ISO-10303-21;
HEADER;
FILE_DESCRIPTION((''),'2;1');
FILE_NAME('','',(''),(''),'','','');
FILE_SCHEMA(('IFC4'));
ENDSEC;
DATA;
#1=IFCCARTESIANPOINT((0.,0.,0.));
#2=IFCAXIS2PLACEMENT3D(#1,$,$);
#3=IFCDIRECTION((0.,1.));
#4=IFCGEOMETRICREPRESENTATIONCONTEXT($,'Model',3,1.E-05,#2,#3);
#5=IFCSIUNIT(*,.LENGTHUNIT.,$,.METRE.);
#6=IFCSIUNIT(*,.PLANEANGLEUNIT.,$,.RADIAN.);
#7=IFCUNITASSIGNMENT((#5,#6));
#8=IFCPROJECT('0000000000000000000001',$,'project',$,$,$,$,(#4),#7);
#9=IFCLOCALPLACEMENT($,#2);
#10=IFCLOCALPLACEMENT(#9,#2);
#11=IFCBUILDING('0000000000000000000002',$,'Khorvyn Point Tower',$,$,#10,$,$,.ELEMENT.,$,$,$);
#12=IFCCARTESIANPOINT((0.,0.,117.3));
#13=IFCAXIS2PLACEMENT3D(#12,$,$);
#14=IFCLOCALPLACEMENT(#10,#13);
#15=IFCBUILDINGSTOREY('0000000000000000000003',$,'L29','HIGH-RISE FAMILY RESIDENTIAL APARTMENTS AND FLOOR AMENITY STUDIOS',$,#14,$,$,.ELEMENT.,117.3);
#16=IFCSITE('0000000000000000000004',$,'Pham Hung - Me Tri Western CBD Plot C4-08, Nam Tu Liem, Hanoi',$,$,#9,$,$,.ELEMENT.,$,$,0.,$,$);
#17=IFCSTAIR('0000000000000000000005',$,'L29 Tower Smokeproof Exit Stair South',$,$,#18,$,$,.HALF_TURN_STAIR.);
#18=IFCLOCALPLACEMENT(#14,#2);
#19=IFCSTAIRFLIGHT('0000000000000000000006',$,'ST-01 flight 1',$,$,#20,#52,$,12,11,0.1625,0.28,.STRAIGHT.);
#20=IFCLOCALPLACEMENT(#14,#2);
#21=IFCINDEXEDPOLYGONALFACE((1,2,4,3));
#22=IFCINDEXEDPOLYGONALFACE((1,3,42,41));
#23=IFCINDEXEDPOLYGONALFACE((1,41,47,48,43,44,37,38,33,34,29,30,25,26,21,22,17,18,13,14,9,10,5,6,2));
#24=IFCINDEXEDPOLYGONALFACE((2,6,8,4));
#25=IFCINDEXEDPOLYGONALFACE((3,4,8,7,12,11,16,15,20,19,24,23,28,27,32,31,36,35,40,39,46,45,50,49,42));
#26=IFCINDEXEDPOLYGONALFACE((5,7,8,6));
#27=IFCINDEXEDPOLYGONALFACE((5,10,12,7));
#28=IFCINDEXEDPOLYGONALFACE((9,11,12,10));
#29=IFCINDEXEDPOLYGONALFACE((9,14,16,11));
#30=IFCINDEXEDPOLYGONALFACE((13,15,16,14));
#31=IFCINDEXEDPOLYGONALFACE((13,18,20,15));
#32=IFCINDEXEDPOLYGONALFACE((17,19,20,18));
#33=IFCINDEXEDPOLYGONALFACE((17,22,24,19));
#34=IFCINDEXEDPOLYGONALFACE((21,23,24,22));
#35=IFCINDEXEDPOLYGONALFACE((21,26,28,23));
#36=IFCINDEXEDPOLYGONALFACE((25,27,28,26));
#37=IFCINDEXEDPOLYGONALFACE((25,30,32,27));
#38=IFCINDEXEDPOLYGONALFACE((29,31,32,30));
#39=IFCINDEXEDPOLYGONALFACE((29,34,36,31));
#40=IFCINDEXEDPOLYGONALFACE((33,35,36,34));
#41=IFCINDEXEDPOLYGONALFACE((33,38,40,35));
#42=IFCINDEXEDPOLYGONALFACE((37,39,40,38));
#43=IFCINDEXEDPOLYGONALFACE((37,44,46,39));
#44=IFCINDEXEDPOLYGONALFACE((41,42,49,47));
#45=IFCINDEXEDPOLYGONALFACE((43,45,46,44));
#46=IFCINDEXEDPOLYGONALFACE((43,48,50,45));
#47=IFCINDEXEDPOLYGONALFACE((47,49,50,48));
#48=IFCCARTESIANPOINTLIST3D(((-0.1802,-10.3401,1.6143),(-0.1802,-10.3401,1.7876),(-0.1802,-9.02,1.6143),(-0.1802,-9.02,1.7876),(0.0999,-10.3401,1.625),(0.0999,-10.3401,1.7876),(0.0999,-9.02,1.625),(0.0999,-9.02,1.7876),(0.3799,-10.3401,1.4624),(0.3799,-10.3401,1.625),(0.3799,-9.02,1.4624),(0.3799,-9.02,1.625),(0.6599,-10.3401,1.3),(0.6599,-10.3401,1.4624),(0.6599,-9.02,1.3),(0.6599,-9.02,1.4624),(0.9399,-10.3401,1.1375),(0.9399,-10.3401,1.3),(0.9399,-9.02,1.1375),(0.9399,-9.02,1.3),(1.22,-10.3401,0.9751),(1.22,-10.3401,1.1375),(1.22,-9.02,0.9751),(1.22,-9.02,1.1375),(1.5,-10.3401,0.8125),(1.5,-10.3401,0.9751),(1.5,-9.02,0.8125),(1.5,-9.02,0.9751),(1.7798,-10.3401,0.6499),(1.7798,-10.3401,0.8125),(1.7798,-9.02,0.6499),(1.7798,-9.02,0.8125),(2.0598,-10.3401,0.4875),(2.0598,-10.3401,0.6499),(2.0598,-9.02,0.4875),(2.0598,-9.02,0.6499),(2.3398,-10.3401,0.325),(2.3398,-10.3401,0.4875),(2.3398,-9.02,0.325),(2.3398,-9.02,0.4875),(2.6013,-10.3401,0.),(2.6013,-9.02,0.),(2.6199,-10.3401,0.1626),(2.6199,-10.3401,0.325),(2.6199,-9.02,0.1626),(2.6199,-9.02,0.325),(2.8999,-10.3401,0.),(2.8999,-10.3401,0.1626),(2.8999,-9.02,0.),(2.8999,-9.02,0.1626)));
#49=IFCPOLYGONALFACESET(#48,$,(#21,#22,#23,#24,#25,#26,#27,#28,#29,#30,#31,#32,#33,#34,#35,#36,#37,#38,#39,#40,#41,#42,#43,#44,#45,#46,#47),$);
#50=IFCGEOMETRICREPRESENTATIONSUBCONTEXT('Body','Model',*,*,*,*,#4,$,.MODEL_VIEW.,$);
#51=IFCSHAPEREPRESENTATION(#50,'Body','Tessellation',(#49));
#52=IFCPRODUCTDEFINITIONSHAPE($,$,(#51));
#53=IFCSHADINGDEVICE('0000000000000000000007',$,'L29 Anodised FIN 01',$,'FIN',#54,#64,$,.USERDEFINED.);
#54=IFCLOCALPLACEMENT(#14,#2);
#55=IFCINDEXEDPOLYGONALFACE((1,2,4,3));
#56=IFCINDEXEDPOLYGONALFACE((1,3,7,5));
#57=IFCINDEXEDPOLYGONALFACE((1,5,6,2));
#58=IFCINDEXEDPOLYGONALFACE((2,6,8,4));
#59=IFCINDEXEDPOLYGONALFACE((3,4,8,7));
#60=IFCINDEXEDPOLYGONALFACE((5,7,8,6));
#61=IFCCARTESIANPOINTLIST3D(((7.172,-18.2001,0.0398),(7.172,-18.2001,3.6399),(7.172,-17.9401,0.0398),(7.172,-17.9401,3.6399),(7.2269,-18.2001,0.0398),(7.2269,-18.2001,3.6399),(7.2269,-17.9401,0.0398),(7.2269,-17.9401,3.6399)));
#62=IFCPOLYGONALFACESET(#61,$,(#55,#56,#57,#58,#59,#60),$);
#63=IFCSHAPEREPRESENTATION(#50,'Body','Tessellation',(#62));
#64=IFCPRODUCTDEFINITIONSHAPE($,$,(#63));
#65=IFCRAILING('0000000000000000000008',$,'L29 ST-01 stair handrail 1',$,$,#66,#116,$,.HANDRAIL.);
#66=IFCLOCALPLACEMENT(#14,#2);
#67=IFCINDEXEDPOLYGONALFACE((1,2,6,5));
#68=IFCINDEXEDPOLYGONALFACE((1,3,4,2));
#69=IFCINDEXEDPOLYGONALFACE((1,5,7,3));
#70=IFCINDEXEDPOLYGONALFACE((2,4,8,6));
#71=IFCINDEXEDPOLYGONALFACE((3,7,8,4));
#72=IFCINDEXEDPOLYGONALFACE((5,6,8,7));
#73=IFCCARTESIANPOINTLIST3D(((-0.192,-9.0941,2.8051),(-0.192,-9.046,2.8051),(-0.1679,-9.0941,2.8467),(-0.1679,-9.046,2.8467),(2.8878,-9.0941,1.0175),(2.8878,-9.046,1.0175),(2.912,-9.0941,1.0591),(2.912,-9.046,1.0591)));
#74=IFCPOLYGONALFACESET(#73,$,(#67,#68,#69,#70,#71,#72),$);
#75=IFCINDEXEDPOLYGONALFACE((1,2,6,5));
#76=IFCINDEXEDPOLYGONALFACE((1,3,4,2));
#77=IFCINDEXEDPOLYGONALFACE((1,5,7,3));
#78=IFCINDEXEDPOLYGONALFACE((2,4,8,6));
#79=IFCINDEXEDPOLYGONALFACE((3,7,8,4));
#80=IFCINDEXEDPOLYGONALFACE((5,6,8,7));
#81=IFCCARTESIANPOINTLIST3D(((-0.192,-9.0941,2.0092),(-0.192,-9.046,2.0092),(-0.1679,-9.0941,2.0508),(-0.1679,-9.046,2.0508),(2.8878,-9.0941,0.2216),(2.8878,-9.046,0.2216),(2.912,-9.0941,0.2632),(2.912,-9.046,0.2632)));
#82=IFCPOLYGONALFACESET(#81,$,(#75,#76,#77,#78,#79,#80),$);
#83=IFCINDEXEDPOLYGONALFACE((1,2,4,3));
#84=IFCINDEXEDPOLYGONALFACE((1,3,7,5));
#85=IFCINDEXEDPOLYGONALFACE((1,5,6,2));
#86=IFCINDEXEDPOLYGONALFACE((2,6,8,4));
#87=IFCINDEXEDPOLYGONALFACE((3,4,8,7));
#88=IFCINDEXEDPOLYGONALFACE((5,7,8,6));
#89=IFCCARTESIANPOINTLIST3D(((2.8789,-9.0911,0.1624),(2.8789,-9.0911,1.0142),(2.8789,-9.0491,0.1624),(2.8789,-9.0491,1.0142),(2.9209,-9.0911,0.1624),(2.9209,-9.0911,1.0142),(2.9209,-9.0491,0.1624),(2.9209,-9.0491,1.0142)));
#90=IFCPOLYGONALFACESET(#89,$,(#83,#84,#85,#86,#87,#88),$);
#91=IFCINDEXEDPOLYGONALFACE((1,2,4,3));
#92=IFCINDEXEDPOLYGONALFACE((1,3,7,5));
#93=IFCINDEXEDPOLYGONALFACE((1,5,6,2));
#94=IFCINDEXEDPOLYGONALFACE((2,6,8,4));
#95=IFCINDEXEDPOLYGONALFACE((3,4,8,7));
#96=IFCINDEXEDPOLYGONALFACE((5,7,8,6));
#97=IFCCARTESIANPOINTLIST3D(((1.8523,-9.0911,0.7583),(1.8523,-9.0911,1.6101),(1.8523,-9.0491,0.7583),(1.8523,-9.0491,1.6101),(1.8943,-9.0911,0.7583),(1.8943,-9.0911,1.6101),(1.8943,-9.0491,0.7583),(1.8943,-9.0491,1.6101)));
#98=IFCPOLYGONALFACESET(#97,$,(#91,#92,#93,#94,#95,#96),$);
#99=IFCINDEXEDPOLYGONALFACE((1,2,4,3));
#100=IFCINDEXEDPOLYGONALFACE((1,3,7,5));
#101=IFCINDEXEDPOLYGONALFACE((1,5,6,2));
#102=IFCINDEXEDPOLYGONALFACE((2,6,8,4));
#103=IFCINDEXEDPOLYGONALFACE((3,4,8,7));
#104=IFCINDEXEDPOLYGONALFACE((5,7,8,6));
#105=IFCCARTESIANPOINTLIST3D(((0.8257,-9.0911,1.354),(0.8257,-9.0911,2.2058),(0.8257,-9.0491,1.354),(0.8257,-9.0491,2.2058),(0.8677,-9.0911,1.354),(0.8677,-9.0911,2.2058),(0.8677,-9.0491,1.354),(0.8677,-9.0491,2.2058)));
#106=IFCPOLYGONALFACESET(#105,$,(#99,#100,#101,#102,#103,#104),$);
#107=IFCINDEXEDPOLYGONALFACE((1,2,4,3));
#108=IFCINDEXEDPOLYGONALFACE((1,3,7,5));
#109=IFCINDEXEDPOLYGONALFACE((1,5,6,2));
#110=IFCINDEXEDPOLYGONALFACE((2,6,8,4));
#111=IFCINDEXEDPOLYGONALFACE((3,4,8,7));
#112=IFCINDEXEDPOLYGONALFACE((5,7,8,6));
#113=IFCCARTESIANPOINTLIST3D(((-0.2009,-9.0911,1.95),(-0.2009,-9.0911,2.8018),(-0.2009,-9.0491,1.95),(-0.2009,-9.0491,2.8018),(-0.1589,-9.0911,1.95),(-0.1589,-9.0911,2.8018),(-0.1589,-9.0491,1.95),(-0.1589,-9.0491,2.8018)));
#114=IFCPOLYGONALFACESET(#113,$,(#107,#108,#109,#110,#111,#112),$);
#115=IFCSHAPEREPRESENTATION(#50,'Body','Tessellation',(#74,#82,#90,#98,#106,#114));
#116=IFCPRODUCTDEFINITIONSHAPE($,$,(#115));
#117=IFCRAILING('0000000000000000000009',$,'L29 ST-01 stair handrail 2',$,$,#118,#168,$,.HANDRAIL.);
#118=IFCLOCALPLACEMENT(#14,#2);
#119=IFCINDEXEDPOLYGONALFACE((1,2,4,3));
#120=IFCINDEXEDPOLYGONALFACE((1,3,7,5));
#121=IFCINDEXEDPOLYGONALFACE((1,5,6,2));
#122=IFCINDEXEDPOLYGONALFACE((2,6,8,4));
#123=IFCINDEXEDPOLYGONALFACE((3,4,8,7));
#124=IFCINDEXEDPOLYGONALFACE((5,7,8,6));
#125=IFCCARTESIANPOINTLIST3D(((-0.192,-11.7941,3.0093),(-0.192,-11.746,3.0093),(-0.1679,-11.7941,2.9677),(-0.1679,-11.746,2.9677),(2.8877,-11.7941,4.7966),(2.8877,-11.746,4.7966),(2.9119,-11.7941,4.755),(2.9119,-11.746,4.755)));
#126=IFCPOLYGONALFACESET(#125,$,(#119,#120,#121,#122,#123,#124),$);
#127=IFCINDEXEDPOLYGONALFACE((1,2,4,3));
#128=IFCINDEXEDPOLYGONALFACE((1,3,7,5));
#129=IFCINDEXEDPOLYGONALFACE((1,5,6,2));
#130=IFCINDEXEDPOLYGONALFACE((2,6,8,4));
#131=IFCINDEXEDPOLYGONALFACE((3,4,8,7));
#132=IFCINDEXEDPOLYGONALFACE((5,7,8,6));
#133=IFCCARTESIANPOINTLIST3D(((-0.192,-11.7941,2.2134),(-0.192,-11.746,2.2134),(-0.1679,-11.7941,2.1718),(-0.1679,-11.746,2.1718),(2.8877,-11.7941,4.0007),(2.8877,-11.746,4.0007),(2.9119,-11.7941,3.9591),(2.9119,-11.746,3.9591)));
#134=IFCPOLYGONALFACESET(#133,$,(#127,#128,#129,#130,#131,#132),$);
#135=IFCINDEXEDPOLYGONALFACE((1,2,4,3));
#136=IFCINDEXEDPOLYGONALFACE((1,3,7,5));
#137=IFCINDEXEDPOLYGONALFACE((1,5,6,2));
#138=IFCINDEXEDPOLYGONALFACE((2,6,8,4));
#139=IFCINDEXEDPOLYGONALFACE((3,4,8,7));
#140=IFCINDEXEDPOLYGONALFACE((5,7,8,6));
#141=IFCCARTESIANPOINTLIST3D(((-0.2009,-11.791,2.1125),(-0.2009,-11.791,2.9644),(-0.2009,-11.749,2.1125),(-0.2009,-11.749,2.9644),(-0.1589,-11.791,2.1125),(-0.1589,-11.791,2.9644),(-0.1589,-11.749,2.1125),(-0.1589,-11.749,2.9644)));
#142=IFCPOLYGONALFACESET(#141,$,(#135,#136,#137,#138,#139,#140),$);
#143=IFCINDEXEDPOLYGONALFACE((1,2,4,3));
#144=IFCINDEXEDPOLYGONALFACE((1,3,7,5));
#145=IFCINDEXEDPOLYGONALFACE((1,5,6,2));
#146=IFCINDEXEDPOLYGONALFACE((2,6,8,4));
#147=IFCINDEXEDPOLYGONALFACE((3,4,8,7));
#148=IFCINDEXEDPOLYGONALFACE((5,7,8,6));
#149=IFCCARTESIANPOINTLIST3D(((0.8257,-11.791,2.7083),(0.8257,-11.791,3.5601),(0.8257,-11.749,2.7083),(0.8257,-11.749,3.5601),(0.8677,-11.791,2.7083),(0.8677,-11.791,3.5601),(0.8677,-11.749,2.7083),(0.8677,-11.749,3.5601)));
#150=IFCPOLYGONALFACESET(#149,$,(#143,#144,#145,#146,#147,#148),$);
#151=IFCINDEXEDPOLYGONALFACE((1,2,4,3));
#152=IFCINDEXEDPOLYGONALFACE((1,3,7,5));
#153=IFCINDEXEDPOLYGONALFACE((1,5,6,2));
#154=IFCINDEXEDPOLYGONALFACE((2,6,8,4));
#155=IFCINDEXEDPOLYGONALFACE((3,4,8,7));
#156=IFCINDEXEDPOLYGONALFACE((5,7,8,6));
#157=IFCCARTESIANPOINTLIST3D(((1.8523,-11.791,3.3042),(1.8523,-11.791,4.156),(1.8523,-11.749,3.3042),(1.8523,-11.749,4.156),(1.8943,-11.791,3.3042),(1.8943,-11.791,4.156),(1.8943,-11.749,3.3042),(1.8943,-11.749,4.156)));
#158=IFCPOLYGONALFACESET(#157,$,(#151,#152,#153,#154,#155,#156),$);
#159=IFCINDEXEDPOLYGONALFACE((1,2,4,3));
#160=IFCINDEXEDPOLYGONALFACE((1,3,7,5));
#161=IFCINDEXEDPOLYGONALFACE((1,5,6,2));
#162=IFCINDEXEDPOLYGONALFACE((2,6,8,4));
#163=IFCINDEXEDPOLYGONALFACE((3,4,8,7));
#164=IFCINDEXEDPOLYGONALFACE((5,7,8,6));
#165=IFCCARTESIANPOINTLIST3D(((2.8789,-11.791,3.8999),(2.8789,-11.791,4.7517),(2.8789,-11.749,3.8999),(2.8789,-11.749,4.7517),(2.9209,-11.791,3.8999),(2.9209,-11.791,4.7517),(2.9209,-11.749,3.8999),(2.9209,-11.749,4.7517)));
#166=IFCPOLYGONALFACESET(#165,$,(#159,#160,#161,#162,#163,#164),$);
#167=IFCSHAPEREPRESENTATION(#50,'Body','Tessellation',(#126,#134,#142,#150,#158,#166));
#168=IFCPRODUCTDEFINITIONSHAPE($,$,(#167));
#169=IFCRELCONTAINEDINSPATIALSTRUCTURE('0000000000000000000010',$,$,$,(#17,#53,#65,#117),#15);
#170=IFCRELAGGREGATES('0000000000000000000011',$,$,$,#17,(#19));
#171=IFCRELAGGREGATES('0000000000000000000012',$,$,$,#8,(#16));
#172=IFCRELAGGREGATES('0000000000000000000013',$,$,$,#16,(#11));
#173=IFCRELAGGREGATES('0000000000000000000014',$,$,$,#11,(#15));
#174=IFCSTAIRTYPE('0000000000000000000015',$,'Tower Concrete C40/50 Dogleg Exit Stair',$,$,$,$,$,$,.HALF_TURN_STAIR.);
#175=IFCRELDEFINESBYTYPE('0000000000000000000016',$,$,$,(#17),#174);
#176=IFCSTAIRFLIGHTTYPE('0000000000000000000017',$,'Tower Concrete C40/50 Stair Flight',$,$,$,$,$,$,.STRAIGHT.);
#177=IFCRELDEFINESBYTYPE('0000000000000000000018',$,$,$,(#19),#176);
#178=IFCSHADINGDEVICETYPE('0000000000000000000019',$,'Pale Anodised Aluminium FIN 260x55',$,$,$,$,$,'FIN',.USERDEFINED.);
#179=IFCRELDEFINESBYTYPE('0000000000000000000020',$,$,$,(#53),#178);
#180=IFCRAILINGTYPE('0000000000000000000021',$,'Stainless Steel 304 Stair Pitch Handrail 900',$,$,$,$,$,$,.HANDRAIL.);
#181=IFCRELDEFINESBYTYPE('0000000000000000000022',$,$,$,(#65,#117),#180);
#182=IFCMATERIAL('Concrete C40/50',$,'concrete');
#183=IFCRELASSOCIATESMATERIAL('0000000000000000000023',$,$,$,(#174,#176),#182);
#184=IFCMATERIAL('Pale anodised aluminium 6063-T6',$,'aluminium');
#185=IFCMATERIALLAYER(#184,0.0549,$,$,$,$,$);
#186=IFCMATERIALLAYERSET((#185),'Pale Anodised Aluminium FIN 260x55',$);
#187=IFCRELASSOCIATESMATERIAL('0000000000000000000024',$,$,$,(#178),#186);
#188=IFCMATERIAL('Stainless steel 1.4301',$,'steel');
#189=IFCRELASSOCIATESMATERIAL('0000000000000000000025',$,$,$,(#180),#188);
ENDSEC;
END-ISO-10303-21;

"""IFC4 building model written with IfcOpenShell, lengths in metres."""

from ifc_helpers import new_model, si_unit, direction, frame, origin, origin_2d, place, context, subcontext, project, spatial, polyline, rectangle, outline, extrude, material, layer, layer_set, type_object, element, aggregate, save


model = new_model("IFC4")

# Units and contexts
model_context = context("Model", 3, precision=1e-05, world=origin(), true_north=direction((0.0, 1.0)))
body_context = subcontext(model_context, "Body", "Model", "MODEL_VIEW")
ifc_project = project(units=[si_unit("LENGTHUNIT", "METRE"), si_unit("PLANEANGLEUNIT", "RADIAN")], contexts=[model_context])

# Site, building, storey
site_placement = place(None, origin())
site = spatial("IfcSite", under=ifc_project, at=site_placement, Name="Pham Hung - Me Tri Western CBD Plot C4-08, Nam Tu Liem, Hanoi", CompositionType="ELEMENT", RefElevation=0.0)
building_placement = place(site_placement, origin())
building = spatial("IfcBuilding", under=site, at=building_placement, Name="Khorvyn Point Tower", CompositionType="ELEMENT")
storey_placement = place(building_placement, frame((0.0, 0.0, 117.3)))
storey = spatial("IfcBuildingStorey", under=building, at=storey_placement, Name="L29", Description="HIGH-RISE FAMILY RESIDENTIAL APARTMENTS AND FLOOR AMENITY STUDIOS", CompositionType="ELEMENT", Elevation=117.3)

# Shared definitions
ifc_material_1 = material(Name="Concrete C40/50", Category="concrete")

# Stair, stair flight
stair_type = type_object("IfcStairType", Name="Tower Concrete C40/50 Dogleg Exit Stair", PredefinedType="HALF_TURN_STAIR", material=ifc_material_1)
stair_placement = place(storey_placement, origin())
stair = element("IfcStair", 1, at=stair_placement, inside=storey, type_object=stair_type, Name="L29 Tower Smokeproof Exit Stair South", PredefinedType="HALF_TURN_STAIR")
stair_flight_type = type_object("IfcStairFlightType", Name="Tower Concrete C40/50 Stair Flight", PredefinedType="STRAIGHT", material=ifc_material_1)
stair_flight_placement = place(storey_placement, frame((2.8999, -9.6799, 0.0), z_axis=(0.0, 0.0, 1.0), x_axis=(-1.0, 0.0, 0.0)))
stair_flight = element("IfcStairFlight", 2, at=stair_flight_placement, type_object=stair_flight_type, Name="ST-01 flight 1", NumberOfRisers=12, NumberOfTreads=11, PredefinedType="STRAIGHT", RiserHeight=0.1625, TreadLength=0.28, context=body_context, shape_type="SweptSolid", body=[
    extrude(outline(polyline([(0.0, 0.0), (0.0, 0.1626), (0.28, 0.1626), (0.28, 0.325), (0.5601, 0.325), (0.5601, 0.4875), (0.8401, 0.4875), (0.8401, 0.6499), (1.1201, 0.6499), (1.1201, 0.8125), (1.3999, 0.8125), (1.3999, 0.9751), (1.6799, 0.9751), (1.6799, 1.1375), (1.96, 1.1375), (1.96, 1.3), (2.24, 1.3), (2.24, 1.4624), (2.52, 1.4624), (2.52, 1.625), (2.8, 1.625), (2.8, 1.7876), (3.0801, 1.7876), (3.0801, 1.95), (3.0801, 1.6143), (0.2986, 0.0), (0.0, 0.0)])), frame((0.0, 0.6602, 0.0), z_axis=(0.0, -1.0, 0.0), x_axis=(1.0, 0.0, 0.0)), (0.0, 0.0, 1.0), 1.3201),
])
aggregate(stair, [stair_flight])

# Shading device
ifc_material_2 = material(Name="Pale anodised aluminium 6063-T6", Category="aluminium")
ifc_layer_1 = layer(ifc_material_2, 0.0549)
ifc_layer_set_1 = layer_set([ifc_layer_1], Name="Pale Anodised Aluminium FIN 260x55")
shading_device_type = type_object("IfcShadingDeviceType", Name="Pale Anodised Aluminium FIN 260x55", ElementType="FIN", PredefinedType="USERDEFINED", material=ifc_layer_set_1)
shading_device_placement = place(storey_placement, frame((7.1995, -18.0701, 0.0398), z_axis=(0.0, 0.0, 1.0), x_axis=(0.0, -1.0, 0.0)))
element("IfcShadingDevice", 3, at=shading_device_placement, inside=storey, type_object=shading_device_type, Name="L29 Anodised FIN 01", ObjectType="FIN", PredefinedType="USERDEFINED", context=body_context, shape_type="SweptSolid", body=[
    extrude(rectangle(XDim=0.26, YDim=0.0549, at=origin_2d()), origin(), (0.0, 0.0, 1.0), 3.6001),
])

# Railings
ifc_material_3 = material(Name="Stainless steel 1.4301", Category="steel")
railing_type_1 = type_object("IfcRailingType", Name="Stainless Steel 304 Stair Pitch Handrail 900", PredefinedType="HANDRAIL", material=ifc_material_3)
railing_1_placement = place(storey_placement, frame((2.8999, -9.0701, 0.1624)))
element("IfcRailing", 4, at=railing_1_placement, inside=storey, type_object=railing_type_1, Name="L29 ST-01 stair handrail 1", PredefinedType="HANDRAIL", context=body_context, shape_type="SweptSolid", body=[
    extrude(rectangle(XDim=0.0481, YDim=0.0481, at=origin_2d()), frame((0.0, 0.0, 0.876), z_axis=(-0.864873, 0.0, 0.50199), x_axis=(0.0, -1.0, 0.0)), (0.0, 0.0, 1.0), 3.561),
    extrude(rectangle(XDim=0.0481, YDim=0.0481, at=origin_2d()), frame((0.0, 0.0, 0.0801), z_axis=(-0.864873, 0.0, 0.50199), x_axis=(0.0, -1.0, 0.0)), (0.0, 0.0, 1.0), 3.561),
    extrude(rectangle(XDim=0.042, YDim=0.042, at=origin_2d()), origin(), (0.0, 0.0, 1.0), 0.8518),
    extrude(rectangle(XDim=0.042, YDim=0.042, at=origin_2d()), frame((-1.0266, 0.0, 0.5959)), (0.0, 0.0, 1.0), 0.8518),
    extrude(rectangle(XDim=0.042, YDim=0.042, at=origin_2d()), frame((-2.0532, 0.0, 1.1917)), (0.0, 0.0, 1.0), 0.8518),
    extrude(rectangle(XDim=0.042, YDim=0.042, at=origin_2d()), frame((-3.0798, 0.0, 1.7876)), (0.0, 0.0, 1.0), 0.8518),
])
railing_2_placement = place(storey_placement, frame((-0.1799, -11.77, 2.1125)))
element("IfcRailing", 5, at=railing_2_placement, inside=storey, type_object=railing_type_1, Name="L29 ST-01 stair handrail 2", PredefinedType="HANDRAIL", context=body_context, shape_type="SweptSolid", body=[
    extrude(rectangle(XDim=0.0481, YDim=0.0481, at=origin_2d()), frame((0.0, 0.0, 0.876), z_axis=(0.864903, 0.0, 0.501939), x_axis=(0.0, 1.0, 0.0)), (0.0, 0.0, 1.0), 3.5608),
    extrude(rectangle(XDim=0.0481, YDim=0.0481, at=origin_2d()), frame((0.0, 0.0, 0.0801), z_axis=(0.864903, 0.0, 0.501939), x_axis=(0.0, 1.0, 0.0)), (0.0, 0.0, 1.0), 3.5608),
    extrude(rectangle(XDim=0.042, YDim=0.042, at=origin_2d()), origin(), (0.0, 0.0, 1.0), 0.8518),
    extrude(rectangle(XDim=0.042, YDim=0.042, at=origin_2d()), frame((1.0266, 0.0, 0.5957)), (0.0, 0.0, 1.0), 0.8518),
    extrude(rectangle(XDim=0.042, YDim=0.042, at=origin_2d()), frame((2.0532, 0.0, 1.1917)), (0.0, 0.0, 1.0), 0.8518),
    extrude(rectangle(XDim=0.042, YDim=0.042, at=origin_2d()), frame((3.0798, 0.0, 1.7874)), (0.0, 0.0, 1.0), 0.8518),
])

save(model, "model.ifc")
